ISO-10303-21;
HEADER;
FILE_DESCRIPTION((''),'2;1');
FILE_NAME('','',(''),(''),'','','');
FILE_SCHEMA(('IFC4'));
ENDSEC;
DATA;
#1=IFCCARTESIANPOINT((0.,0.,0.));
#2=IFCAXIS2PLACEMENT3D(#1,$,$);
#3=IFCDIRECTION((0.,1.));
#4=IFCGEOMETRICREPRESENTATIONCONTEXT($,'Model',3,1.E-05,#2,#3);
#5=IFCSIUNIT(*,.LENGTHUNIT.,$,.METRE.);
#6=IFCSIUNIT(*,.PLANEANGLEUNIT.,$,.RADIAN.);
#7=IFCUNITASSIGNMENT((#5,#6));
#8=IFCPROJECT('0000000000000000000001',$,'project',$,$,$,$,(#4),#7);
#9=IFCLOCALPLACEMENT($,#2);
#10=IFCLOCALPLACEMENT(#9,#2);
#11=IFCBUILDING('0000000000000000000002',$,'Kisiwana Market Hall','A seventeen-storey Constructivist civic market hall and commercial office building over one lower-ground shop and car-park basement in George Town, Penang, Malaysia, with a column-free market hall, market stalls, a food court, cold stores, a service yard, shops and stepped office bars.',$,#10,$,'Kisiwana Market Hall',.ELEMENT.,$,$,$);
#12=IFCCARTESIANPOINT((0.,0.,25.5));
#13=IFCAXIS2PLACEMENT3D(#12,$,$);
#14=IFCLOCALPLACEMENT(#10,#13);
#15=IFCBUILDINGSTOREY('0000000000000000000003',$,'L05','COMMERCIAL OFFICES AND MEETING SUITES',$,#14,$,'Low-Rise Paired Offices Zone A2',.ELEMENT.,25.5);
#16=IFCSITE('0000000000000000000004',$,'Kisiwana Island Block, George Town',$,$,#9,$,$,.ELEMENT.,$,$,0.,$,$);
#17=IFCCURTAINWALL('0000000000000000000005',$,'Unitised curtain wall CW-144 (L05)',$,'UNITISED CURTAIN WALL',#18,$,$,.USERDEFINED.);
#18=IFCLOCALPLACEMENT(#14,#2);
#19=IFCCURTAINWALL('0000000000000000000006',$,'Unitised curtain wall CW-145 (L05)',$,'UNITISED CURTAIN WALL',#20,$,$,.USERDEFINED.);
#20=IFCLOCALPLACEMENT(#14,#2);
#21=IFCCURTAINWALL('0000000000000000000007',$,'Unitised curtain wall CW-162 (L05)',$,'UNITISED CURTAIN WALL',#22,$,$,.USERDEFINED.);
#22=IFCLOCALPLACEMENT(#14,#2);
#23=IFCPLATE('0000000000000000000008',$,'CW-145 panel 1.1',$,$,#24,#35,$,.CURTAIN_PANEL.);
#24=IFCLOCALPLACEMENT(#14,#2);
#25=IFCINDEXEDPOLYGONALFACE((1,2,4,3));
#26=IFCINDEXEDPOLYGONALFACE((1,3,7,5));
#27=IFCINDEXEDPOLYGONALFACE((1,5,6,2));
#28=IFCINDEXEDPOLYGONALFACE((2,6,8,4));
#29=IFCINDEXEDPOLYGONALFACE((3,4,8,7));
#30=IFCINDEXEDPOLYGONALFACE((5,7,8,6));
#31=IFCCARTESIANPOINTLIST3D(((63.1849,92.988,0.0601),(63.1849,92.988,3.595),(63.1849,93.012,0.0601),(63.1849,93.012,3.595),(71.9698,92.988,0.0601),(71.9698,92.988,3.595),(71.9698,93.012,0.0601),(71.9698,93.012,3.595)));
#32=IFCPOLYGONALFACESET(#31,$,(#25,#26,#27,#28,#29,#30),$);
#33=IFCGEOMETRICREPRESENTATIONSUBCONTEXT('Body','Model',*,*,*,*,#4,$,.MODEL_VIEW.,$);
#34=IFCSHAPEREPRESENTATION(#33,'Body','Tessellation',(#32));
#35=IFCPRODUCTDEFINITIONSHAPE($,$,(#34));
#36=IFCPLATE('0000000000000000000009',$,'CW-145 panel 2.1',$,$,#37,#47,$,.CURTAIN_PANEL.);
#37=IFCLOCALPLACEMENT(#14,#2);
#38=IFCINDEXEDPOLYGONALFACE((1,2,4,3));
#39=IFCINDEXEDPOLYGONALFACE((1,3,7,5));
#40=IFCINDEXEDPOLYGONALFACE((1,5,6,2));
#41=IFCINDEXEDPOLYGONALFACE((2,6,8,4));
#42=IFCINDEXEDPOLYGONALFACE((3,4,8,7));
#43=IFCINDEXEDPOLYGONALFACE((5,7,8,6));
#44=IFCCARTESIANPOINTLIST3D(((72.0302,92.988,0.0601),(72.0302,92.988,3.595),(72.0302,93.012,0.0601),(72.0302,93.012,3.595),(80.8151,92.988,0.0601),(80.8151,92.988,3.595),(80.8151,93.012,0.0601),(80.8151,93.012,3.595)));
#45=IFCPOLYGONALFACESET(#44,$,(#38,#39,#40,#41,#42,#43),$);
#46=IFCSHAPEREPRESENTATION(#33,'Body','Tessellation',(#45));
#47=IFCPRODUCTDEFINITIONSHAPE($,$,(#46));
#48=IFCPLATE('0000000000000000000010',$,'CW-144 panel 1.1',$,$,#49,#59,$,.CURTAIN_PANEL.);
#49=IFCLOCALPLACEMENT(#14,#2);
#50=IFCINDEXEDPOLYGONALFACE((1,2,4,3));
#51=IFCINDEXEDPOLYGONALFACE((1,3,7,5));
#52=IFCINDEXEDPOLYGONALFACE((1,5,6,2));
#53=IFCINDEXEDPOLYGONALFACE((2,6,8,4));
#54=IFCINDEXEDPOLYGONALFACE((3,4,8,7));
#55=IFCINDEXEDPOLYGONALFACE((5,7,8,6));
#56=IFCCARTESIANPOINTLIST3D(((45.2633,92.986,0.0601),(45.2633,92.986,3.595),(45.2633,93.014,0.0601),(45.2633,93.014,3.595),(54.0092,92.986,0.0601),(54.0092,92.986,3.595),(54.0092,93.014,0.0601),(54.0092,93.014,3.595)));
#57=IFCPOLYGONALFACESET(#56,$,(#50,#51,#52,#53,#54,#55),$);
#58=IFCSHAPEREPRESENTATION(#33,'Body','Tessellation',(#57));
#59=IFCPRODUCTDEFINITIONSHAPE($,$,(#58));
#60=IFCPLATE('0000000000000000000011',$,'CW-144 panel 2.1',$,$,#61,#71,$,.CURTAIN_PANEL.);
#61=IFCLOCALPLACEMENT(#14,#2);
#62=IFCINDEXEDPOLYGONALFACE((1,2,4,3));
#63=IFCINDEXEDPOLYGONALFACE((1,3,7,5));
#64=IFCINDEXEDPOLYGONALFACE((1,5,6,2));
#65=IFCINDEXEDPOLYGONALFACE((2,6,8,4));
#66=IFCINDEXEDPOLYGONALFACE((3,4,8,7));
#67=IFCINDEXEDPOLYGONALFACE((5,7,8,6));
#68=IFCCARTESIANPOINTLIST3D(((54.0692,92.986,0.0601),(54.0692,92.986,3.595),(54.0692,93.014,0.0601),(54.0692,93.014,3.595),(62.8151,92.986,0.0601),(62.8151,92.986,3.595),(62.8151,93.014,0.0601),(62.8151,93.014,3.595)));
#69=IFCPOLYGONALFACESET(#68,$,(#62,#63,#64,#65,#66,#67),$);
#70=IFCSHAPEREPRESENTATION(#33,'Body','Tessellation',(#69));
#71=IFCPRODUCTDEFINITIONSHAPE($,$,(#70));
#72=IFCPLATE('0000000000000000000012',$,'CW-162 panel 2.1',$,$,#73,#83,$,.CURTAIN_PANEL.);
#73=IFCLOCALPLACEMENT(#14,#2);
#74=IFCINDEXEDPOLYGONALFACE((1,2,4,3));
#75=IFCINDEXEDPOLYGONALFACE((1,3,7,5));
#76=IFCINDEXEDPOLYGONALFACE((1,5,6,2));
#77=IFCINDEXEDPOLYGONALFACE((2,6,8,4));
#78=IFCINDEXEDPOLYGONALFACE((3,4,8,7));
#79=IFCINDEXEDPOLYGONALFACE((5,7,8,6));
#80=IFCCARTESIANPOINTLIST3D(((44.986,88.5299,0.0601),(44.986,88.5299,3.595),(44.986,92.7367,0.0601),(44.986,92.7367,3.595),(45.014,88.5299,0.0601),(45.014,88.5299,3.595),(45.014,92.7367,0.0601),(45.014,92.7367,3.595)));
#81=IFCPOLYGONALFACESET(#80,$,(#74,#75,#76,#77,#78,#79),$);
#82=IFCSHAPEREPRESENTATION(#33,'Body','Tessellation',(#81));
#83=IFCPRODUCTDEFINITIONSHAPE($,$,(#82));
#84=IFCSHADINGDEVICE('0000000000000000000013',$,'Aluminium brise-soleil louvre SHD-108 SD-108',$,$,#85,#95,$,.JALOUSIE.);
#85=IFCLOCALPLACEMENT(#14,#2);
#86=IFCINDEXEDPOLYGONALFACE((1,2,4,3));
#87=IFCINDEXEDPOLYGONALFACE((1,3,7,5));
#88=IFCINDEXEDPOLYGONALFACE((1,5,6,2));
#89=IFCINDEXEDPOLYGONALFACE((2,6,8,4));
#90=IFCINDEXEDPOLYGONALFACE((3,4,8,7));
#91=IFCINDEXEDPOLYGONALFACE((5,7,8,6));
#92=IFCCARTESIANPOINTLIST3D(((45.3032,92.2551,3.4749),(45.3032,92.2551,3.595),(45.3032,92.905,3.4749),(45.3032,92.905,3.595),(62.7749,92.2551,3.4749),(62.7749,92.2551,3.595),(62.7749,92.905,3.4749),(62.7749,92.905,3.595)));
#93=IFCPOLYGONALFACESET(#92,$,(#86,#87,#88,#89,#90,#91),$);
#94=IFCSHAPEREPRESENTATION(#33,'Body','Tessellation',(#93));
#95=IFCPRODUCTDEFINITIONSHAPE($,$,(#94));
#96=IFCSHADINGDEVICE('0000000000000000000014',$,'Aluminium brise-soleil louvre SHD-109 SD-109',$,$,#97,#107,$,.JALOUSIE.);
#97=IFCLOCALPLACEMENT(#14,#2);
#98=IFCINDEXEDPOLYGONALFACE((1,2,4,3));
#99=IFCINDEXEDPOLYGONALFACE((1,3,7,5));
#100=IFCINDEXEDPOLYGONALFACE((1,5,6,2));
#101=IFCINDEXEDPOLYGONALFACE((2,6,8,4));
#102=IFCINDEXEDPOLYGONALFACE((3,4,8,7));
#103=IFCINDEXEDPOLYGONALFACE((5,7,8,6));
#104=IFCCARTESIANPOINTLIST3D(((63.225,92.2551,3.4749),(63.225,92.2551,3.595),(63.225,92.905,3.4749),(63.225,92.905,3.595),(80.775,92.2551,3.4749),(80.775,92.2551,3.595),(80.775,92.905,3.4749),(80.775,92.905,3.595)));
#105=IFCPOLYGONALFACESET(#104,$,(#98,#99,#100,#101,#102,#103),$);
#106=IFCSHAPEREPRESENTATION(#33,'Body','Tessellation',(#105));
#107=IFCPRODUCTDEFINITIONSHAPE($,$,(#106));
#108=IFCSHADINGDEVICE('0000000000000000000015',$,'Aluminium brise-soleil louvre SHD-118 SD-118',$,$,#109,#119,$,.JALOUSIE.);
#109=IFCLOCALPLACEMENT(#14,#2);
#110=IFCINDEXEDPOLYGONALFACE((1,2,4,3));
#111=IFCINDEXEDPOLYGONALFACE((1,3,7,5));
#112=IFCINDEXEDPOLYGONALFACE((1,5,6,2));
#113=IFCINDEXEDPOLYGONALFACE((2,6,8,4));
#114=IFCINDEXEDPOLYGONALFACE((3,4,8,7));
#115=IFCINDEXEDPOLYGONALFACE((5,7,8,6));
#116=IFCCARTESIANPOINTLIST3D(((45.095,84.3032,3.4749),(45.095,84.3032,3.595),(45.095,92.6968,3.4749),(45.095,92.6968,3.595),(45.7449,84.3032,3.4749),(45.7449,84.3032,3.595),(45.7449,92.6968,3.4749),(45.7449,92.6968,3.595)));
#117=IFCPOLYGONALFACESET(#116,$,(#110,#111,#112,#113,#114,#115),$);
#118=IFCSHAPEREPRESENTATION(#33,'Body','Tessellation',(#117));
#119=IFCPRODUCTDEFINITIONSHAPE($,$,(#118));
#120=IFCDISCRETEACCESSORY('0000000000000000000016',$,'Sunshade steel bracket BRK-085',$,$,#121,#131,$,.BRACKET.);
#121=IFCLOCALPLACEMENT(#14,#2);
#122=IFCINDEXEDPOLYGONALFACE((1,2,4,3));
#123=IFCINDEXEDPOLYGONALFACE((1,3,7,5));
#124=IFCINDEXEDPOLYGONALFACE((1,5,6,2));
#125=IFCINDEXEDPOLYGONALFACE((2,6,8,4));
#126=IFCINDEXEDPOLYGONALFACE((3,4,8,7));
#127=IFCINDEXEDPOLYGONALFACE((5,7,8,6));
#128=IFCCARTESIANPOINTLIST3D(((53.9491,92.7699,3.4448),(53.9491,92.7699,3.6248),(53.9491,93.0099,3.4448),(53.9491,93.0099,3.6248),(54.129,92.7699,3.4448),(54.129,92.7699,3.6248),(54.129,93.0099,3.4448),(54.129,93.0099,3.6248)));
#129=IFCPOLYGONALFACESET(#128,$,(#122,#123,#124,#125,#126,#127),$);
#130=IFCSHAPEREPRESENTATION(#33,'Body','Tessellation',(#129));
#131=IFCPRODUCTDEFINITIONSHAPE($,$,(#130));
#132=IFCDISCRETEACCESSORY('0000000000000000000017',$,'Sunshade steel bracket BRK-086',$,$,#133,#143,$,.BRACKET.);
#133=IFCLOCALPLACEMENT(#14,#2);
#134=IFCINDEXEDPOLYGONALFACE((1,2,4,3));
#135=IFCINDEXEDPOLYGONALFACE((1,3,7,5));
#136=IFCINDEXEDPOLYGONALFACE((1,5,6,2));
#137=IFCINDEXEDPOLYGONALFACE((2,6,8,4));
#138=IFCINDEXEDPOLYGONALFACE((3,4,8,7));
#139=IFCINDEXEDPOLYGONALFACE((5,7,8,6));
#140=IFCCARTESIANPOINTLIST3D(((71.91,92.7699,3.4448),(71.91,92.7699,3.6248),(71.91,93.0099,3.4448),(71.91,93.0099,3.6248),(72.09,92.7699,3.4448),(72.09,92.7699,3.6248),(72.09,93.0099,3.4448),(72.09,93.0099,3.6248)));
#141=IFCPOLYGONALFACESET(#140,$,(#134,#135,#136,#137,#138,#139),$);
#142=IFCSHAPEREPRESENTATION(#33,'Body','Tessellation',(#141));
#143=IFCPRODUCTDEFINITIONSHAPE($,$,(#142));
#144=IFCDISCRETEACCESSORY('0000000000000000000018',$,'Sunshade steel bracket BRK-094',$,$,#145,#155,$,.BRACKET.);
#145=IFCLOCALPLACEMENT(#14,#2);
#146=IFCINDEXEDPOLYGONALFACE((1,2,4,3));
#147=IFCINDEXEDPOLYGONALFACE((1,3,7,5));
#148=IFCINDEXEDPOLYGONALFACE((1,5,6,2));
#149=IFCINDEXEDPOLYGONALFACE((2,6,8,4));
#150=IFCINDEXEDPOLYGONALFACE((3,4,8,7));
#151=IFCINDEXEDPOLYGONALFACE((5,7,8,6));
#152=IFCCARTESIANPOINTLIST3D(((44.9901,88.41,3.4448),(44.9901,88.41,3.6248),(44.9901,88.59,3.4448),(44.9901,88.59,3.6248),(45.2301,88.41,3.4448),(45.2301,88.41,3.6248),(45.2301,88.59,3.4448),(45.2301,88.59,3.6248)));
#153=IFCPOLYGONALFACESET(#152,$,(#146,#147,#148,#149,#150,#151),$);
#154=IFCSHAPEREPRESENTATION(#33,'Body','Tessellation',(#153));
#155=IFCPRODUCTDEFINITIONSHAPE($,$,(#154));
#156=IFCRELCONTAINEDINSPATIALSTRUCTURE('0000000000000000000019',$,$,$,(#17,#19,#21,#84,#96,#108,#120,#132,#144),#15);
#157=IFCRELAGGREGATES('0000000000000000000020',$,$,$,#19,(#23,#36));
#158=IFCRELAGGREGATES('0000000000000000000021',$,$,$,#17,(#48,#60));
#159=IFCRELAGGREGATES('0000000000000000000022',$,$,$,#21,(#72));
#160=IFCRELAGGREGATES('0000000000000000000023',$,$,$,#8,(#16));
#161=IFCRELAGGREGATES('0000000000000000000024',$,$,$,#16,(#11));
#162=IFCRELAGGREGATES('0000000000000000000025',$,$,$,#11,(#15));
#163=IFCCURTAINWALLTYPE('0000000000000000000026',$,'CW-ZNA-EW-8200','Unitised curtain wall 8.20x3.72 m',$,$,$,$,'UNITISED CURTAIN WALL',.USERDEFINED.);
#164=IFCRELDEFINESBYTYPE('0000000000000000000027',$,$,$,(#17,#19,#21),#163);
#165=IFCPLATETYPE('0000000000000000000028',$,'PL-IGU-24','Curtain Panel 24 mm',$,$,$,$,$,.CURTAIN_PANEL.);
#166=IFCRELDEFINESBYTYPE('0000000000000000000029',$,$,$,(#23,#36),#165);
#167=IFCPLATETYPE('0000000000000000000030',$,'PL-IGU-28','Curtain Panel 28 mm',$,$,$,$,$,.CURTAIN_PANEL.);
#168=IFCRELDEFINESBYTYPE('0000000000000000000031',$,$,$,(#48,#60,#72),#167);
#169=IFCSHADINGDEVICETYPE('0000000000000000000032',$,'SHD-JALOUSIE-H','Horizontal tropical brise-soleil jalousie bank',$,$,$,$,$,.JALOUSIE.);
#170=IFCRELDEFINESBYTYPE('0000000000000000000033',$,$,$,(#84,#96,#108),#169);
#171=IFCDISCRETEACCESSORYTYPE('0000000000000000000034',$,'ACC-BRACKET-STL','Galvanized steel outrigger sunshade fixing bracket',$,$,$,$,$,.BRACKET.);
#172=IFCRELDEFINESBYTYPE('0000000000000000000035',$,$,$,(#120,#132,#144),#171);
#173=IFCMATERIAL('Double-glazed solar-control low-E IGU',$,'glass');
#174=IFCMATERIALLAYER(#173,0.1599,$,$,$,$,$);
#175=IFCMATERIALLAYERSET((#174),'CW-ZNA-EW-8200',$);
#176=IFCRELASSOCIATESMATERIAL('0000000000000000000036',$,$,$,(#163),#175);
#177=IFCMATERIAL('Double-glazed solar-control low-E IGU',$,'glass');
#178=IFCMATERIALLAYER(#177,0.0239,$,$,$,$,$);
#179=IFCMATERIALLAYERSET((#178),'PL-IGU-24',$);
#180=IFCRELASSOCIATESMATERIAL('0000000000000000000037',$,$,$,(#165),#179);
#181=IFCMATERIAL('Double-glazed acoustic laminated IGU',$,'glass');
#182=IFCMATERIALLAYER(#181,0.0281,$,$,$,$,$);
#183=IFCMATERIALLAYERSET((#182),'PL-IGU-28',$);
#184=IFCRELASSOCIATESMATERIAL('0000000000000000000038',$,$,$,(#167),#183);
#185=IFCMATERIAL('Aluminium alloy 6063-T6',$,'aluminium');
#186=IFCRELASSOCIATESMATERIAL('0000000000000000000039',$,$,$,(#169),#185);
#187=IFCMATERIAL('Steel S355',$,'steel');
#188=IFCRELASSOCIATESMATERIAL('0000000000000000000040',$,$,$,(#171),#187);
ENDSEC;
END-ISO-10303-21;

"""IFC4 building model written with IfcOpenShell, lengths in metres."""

from ifc_helpers import new_model, si_unit, direction, frame, origin, origin_2d, place, context, subcontext, project, spatial, rectangle, extrude, material, layer, layer_set, type_object, element, aggregate, save


model = new_model("IFC4")

# Units and contexts
model_context = context("Model", 3, precision=1e-05, world=origin(), true_north=direction((0.0, 1.0)))
body_context = subcontext(model_context, "Body", "Model", "MODEL_VIEW")
ifc_project = project(units=[si_unit("LENGTHUNIT", "METRE"), si_unit("PLANEANGLEUNIT", "RADIAN")], contexts=[model_context])

# Site, building, storey
site_placement = place(None, origin())
site = spatial("IfcSite", under=ifc_project, at=site_placement, Name="Kisiwana Island Block, George Town", CompositionType="ELEMENT", RefElevation=0.0)
building_placement = place(site_placement, origin())
building = spatial("IfcBuilding", under=site, at=building_placement, Name="Kisiwana Market Hall", Description="A seventeen-storey Constructivist civic market hall and commercial office building over one lower-ground shop and car-park basement in George Town, Penang, Malaysia, with a column-free market hall, market stalls, a food court, cold stores, a service yard, shops and stepped office bars.", LongName="Kisiwana Market Hall", CompositionType="ELEMENT")
storey_placement = place(building_placement, frame((0.0, 0.0, 25.5)))
storey = spatial("IfcBuildingStorey", under=building, at=storey_placement, Name="L05", Description="COMMERCIAL OFFICES AND MEETING SUITES", LongName="Low-Rise Paired Offices Zone A2", CompositionType="ELEMENT", Elevation=25.5)

# Curtain walls
ifc_material_1 = material(Name="Double-glazed solar-control low-E IGU", Category="glass")
ifc_layer_1 = layer(ifc_material_1, 0.1599)
ifc_layer_set_1 = layer_set([ifc_layer_1], Name="CW-ZNA-EW-8200")
curtain_wall_type = type_object("IfcCurtainWallType", Name="CW-ZNA-EW-8200", Description="Unitised curtain wall 8.20x3.72 m", ElementType="UNITISED CURTAIN WALL", PredefinedType="USERDEFINED", material=ifc_layer_set_1)
curtain_wall_1_placement = place(storey_placement, origin())
curtain_wall_1 = element("IfcCurtainWall", 1, at=curtain_wall_1_placement, inside=storey, type_object=curtain_wall_type, Name="Unitised curtain wall CW-144 (L05)", ObjectType="UNITISED CURTAIN WALL", PredefinedType="USERDEFINED")
curtain_wall_2_placement = place(storey_placement, origin())
curtain_wall_2 = element("IfcCurtainWall", 2, at=curtain_wall_2_placement, inside=storey, type_object=curtain_wall_type, Name="Unitised curtain wall CW-145 (L05)", ObjectType="UNITISED CURTAIN WALL", PredefinedType="USERDEFINED")

# Curtain wall
curtain_wall_3_placement = place(storey_placement, origin())
curtain_wall_3 = element("IfcCurtainWall", 3, at=curtain_wall_3_placement, inside=storey, type_object=curtain_wall_type, Name="Unitised curtain wall CW-162 (L05)", ObjectType="UNITISED CURTAIN WALL", PredefinedType="USERDEFINED")

# Plates
ifc_material_2 = material(Name="Double-glazed solar-control low-E IGU", Category="glass")
ifc_layer_2 = layer(ifc_material_2, 0.0239)
ifc_layer_set_2 = layer_set([ifc_layer_2], Name="PL-IGU-24")
plate_type_1 = type_object("IfcPlateType", Name="PL-IGU-24", Description="Curtain Panel 24 mm", PredefinedType="CURTAIN_PANEL", material=ifc_layer_set_2)
plate_1_placement = place(storey_placement, frame((67.5774, 93.0, 0.0601), z_axis=(0.0, 0.0, 1.0), x_axis=(1.0, 0.0, 0.0)))
plate_1 = element("IfcPlate", 4, at=plate_1_placement, type_object=plate_type_1, Name="CW-145 panel 1.1", PredefinedType="CURTAIN_PANEL", context=body_context, shape_type="SweptSolid", body=[
    extrude(rectangle(XDim=8.7849, YDim=0.0239, at=origin_2d()), origin(), (0.0, 0.0, 1.0), 3.5349),
])
plate_2_placement = place(storey_placement, frame((76.4226, 93.0, 0.0601), z_axis=(0.0, 0.0, 1.0), x_axis=(1.0, 0.0, 0.0)))
plate_2 = element("IfcPlate", 5, at=plate_2_placement, type_object=plate_type_1, Name="CW-145 panel 2.1", PredefinedType="CURTAIN_PANEL", context=body_context, shape_type="SweptSolid", body=[
    extrude(rectangle(XDim=8.7849, YDim=0.0239, at=origin_2d()), origin(), (0.0, 0.0, 1.0), 3.5349),
])
aggregate(curtain_wall_2, [plate_1, plate_2])
ifc_material_3 = material(Name="Double-glazed acoustic laminated IGU", Category="glass")
ifc_layer_3 = layer(ifc_material_3, 0.0281)
ifc_layer_set_3 = layer_set([ifc_layer_3], Name="PL-IGU-28")
plate_type_2 = type_object("IfcPlateType", Name="PL-IGU-28", Description="Curtain Panel 28 mm", PredefinedType="CURTAIN_PANEL", material=ifc_layer_set_3)
plate_3_placement = place(storey_placement, frame((49.6362, 93.0, 0.0601), z_axis=(0.0, 0.0, 1.0), x_axis=(1.0, 0.0, 0.0)))
plate_3 = element("IfcPlate", 6, at=plate_3_placement, type_object=plate_type_2, Name="CW-144 panel 1.1", PredefinedType="CURTAIN_PANEL", context=body_context, shape_type="SweptSolid", body=[
    extrude(rectangle(XDim=8.7458, YDim=0.0281, at=origin_2d()), origin(), (0.0, 0.0, 1.0), 3.5349),
])
plate_4_placement = place(storey_placement, frame((58.4421, 93.0, 0.0601), z_axis=(0.0, 0.0, 1.0), x_axis=(1.0, 0.0, 0.0)))
plate_4 = element("IfcPlate", 7, at=plate_4_placement, type_object=plate_type_2, Name="CW-144 panel 2.1", PredefinedType="CURTAIN_PANEL", context=body_context, shape_type="SweptSolid", body=[
    extrude(rectangle(XDim=8.7458, YDim=0.0281, at=origin_2d()), origin(), (0.0, 0.0, 1.0), 3.5349),
])
aggregate(curtain_wall_1, [plate_3, plate_4])
plate_5_placement = place(storey_placement, frame((45.0, 90.6333, 0.0601), z_axis=(0.0, 0.0, 1.0), x_axis=(0.0, 1.0, 0.0)))
plate_5 = element("IfcPlate", 8, at=plate_5_placement, type_object=plate_type_2, Name="CW-162 panel 2.1", PredefinedType="CURTAIN_PANEL", context=body_context, shape_type="SweptSolid", body=[
    extrude(rectangle(XDim=4.2068, YDim=0.0281, at=origin_2d()), origin(), (0.0, 0.0, 1.0), 3.5349),
])
aggregate(curtain_wall_3, [plate_5])

# Shading devices
ifc_material_4 = material(Name="Aluminium alloy 6063-T6", Category="aluminium")
shading_device_type = type_object("IfcShadingDeviceType", Name="SHD-JALOUSIE-H", Description="Horizontal tropical brise-soleil jalousie bank", PredefinedType="JALOUSIE", material=ifc_material_4)
shading_device_1_placement = place(storey_placement, frame((54.0391, 92.5801, 3.4749), z_axis=(0.0, 0.0, 1.0), x_axis=(1.0, 0.0, 0.0)))
element("IfcShadingDevice", 9, at=shading_device_1_placement, inside=storey, type_object=shading_device_type, Name="Aluminium brise-soleil louvre SHD-108 SD-108", PredefinedType="JALOUSIE", context=body_context, shape_type="SweptSolid", body=[
    extrude(rectangle(XDim=17.4717, YDim=0.6499, at=origin_2d()), origin(), (0.0, 0.0, 1.0), 0.1201),
])
shading_device_2_placement = place(storey_placement, frame((72.0, 92.5801, 3.4749), z_axis=(0.0, 0.0, 1.0), x_axis=(1.0, 0.0, 0.0)))
element("IfcShadingDevice", 10, at=shading_device_2_placement, inside=storey, type_object=shading_device_type, Name="Aluminium brise-soleil louvre SHD-109 SD-109", PredefinedType="JALOUSIE", context=body_context, shape_type="SweptSolid", body=[
    extrude(rectangle(XDim=17.55, YDim=0.6499, at=origin_2d()), origin(), (0.0, 0.0, 1.0), 0.1201),
])
shading_device_3_placement = place(storey_placement, frame((45.4199, 88.5, 3.4749), z_axis=(0.0, 0.0, 1.0), x_axis=(0.0, 1.0, 0.0)))
element("IfcShadingDevice", 11, at=shading_device_3_placement, inside=storey, type_object=shading_device_type, Name="Aluminium brise-soleil louvre SHD-118 SD-118", PredefinedType="JALOUSIE", context=body_context, shape_type="SweptSolid", body=[
    extrude(rectangle(XDim=8.3936, YDim=0.6499, at=origin_2d()), origin(), (0.0, 0.0, 1.0), 0.1201),
])

# Discrete accessories
ifc_material_5 = material(Name="Steel S355", Category="steel")
discrete_accessory_type = type_object("IfcDiscreteAccessoryType", Name="ACC-BRACKET-STL", Description="Galvanized steel outrigger sunshade fixing bracket", PredefinedType="BRACKET", material=ifc_material_5)
for number, where, z_axis, x_axis, name in (
    (12, (54.0391, 92.8899, 3.4448), (0.0, 0.0, 1.0), (1.0, 0.0, 0.0), "Sunshade steel bracket BRK-085"),
    (13, (72.0, 92.8899, 3.4448), (0.0, 0.0, 1.0), (1.0, 0.0, 0.0), "Sunshade steel bracket BRK-086"),
    (14, (45.1101, 88.5, 3.4448), (0.0, 0.0, 1.0), (0.0, 1.0, 0.0), "Sunshade steel bracket BRK-094"),
):
    element("IfcDiscreteAccessory", number, at=place(storey_placement, frame(where, z_axis=z_axis, x_axis=x_axis)), inside=storey, type_object=discrete_accessory_type, Name=name, PredefinedType="BRACKET", context=body_context, shape_type="SweptSolid", body=[
        extrude(rectangle(XDim=0.1799, YDim=0.24, at=origin_2d()), origin(), (0.0, 0.0, 1.0), 0.1799),
    ])

save(model, "model.ifc")
